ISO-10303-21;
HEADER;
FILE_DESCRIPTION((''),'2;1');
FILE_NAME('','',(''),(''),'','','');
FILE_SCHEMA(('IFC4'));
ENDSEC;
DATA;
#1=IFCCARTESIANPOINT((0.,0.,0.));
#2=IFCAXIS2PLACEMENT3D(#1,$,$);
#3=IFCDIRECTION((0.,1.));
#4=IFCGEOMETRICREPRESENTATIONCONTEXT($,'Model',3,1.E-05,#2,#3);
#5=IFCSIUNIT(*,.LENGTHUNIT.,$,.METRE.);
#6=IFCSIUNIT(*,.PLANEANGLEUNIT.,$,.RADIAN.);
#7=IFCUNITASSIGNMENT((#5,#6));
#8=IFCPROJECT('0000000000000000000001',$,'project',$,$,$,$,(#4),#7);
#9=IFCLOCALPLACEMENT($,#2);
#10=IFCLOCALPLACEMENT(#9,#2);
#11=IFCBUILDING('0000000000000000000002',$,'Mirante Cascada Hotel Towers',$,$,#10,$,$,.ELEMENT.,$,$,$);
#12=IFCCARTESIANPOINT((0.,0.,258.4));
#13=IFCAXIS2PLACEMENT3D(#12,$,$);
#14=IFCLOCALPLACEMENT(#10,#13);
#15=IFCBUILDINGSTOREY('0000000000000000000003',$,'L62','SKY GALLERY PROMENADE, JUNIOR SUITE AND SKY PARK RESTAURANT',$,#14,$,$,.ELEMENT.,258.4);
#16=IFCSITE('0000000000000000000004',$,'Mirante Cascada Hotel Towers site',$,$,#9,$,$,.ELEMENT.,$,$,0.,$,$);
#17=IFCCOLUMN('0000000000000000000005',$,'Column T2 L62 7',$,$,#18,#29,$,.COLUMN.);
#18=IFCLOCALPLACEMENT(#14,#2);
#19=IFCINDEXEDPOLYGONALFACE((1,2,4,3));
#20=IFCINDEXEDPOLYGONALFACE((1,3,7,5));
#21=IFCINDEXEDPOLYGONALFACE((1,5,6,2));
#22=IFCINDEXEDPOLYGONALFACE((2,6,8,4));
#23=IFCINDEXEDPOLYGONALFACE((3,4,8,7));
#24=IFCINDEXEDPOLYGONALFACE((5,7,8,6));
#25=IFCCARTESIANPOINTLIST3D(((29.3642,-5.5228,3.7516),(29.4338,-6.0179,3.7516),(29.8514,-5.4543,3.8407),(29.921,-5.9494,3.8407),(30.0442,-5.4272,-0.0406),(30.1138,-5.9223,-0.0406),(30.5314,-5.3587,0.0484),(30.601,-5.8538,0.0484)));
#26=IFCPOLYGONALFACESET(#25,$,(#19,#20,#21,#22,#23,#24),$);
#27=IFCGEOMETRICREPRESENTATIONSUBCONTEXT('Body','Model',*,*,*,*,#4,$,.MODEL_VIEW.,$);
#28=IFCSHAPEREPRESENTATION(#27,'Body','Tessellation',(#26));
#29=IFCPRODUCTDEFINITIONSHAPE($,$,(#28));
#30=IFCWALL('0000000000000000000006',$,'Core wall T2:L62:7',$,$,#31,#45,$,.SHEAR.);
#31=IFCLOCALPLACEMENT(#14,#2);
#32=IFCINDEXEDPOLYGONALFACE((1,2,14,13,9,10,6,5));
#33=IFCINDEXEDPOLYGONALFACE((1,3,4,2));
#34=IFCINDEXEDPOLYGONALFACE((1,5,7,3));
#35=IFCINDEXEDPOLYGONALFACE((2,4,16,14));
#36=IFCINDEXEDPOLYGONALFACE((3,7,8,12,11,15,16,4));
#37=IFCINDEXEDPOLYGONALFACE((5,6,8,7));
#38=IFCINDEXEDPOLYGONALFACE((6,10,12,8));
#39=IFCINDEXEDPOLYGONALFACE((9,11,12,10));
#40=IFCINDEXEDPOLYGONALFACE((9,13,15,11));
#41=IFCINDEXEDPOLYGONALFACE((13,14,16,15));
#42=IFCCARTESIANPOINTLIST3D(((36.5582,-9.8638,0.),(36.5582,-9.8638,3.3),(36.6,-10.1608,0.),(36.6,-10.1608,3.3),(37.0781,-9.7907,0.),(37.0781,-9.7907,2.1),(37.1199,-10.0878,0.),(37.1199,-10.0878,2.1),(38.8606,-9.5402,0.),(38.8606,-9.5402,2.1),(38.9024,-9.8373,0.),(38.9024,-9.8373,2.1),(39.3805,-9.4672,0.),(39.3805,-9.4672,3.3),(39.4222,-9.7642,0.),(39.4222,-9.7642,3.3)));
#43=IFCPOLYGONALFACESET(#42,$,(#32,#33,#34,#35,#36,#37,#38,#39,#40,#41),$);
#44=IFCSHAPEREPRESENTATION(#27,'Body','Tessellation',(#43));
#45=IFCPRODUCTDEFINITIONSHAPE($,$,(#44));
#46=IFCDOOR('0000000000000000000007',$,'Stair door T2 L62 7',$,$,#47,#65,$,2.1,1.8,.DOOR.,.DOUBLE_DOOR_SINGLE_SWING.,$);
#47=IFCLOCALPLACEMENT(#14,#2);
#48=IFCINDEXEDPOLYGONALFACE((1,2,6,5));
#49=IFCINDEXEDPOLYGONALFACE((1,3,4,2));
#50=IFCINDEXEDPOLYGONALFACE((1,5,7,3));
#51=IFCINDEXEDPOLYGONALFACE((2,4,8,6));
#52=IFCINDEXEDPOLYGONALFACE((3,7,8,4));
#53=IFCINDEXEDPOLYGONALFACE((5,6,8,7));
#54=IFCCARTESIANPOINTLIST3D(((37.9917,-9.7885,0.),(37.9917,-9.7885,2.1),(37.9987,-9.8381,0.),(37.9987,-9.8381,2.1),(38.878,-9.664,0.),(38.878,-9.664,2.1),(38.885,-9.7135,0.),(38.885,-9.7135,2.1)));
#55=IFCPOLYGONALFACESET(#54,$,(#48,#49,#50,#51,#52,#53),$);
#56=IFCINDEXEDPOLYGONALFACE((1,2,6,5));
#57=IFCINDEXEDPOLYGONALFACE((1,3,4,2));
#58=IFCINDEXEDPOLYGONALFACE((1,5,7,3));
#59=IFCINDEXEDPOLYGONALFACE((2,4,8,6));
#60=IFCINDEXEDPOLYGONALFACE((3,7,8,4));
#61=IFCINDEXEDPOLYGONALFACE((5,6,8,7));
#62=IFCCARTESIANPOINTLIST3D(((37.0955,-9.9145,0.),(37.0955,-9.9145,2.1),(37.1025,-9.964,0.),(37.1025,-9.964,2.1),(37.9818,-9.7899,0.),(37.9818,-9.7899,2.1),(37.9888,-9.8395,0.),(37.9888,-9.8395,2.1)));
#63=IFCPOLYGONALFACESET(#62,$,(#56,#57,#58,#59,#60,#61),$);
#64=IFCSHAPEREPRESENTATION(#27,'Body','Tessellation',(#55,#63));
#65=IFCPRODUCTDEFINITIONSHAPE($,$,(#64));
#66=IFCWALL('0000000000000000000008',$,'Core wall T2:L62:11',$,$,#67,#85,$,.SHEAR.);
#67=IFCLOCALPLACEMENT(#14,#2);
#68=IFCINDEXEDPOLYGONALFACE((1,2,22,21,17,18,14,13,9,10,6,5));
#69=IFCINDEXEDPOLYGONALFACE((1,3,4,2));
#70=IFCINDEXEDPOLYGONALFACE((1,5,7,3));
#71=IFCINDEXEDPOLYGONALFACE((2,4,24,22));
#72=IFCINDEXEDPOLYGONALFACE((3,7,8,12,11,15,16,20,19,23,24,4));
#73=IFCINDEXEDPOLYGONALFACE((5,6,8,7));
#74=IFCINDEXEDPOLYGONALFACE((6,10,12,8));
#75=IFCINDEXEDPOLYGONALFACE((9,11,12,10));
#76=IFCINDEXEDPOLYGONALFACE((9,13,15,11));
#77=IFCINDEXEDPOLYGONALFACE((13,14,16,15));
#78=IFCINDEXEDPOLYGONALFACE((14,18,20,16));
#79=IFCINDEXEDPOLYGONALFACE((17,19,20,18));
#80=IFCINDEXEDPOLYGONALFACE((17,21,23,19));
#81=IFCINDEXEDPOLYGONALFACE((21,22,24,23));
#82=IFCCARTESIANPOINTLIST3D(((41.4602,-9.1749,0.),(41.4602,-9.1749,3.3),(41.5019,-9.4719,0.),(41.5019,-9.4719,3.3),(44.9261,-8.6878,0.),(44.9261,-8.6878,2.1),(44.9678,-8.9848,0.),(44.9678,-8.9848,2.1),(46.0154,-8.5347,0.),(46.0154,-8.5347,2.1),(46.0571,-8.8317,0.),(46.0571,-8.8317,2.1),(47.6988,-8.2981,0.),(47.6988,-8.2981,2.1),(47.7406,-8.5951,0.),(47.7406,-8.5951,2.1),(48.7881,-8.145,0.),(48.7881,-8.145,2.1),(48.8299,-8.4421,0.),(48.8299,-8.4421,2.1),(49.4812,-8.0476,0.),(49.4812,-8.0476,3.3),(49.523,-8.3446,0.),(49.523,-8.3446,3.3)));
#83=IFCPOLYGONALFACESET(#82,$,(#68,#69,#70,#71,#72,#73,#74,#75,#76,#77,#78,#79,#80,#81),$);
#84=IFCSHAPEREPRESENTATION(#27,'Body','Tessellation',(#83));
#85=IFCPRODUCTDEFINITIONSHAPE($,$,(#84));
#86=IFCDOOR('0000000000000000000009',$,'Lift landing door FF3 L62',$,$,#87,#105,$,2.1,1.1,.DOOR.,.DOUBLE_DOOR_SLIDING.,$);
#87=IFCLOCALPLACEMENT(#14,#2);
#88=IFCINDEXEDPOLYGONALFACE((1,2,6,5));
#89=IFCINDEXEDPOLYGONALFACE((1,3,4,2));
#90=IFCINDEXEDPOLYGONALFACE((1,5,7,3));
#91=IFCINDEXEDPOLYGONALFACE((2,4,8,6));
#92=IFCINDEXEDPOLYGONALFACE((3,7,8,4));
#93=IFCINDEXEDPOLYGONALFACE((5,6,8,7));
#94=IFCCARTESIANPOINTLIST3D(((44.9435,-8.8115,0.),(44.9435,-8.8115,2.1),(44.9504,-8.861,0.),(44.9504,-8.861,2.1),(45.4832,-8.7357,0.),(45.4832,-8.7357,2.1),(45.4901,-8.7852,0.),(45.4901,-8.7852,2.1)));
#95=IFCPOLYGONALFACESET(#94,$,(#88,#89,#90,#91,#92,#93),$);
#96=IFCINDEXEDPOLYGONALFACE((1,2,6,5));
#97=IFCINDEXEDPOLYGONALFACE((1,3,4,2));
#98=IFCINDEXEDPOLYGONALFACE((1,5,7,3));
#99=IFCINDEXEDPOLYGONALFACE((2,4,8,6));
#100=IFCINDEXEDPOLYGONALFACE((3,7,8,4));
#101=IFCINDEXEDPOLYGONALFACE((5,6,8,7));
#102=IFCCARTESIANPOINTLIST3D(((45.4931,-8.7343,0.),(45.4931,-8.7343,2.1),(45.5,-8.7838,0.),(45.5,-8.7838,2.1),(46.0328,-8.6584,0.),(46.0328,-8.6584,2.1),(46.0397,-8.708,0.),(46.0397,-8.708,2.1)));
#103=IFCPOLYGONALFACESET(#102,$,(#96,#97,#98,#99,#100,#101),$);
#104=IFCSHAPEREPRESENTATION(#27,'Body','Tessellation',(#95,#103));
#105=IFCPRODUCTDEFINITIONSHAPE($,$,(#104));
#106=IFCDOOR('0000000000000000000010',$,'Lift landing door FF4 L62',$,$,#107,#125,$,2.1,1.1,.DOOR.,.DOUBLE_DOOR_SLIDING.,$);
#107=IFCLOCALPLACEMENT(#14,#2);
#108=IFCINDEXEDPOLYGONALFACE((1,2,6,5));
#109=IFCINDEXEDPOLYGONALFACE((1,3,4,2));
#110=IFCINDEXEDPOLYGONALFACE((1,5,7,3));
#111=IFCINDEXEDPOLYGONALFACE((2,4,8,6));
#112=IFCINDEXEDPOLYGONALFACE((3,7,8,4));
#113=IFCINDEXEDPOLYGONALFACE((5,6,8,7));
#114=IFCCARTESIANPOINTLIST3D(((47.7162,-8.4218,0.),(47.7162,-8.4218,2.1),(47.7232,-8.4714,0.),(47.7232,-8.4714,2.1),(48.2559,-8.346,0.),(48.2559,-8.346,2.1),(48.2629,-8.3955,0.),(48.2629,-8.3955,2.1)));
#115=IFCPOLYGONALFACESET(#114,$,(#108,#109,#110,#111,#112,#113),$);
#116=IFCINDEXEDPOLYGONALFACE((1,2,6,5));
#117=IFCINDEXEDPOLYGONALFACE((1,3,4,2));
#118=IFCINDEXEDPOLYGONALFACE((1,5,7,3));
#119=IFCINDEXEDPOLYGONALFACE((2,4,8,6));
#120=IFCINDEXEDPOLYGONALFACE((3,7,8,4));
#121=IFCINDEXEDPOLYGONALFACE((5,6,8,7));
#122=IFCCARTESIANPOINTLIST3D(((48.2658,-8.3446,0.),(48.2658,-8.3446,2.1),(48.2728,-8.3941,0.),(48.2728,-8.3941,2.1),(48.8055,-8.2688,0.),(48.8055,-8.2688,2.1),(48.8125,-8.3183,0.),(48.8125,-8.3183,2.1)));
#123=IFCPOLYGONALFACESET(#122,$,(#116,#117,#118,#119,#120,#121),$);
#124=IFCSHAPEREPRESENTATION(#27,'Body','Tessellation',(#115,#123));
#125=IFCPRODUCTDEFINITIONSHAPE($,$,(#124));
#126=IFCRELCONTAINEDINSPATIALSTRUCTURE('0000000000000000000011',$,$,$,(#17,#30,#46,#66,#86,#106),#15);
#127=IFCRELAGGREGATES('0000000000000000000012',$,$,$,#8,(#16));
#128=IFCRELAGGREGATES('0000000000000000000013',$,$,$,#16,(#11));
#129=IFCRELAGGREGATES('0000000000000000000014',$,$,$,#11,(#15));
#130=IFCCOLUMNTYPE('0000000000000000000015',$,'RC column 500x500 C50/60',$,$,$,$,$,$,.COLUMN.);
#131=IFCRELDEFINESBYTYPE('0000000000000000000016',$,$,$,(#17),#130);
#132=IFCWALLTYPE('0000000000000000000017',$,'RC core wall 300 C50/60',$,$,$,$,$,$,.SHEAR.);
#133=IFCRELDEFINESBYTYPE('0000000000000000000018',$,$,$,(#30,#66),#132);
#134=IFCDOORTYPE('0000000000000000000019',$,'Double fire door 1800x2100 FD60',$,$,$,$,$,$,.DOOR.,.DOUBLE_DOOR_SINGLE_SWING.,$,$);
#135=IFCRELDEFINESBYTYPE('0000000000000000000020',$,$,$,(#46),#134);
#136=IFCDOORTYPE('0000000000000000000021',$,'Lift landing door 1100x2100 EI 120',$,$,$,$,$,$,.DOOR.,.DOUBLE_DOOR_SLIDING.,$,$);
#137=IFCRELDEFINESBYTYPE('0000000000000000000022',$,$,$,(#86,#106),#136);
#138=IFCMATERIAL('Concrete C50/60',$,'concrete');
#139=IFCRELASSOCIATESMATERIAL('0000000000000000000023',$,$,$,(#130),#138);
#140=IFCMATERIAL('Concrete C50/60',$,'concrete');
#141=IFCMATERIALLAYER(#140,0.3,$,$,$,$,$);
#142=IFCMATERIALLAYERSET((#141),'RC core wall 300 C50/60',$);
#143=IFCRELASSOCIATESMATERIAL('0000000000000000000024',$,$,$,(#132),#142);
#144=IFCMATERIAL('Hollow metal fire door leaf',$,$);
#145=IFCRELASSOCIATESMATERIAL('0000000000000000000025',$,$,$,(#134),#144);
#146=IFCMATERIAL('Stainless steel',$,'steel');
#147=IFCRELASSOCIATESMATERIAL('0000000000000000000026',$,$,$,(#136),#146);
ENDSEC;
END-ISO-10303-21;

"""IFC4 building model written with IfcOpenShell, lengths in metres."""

from ifc_helpers import new_model, si_unit, direction, frame, frame_2d, origin, origin_2d, place, context, subcontext, project, spatial, rectangle, extrude, material, layer, layer_set, material_profile, profile_set, type_object, element, fill, save


model = new_model("IFC4")

# Units and contexts
model_context = context("Model", 3, precision=1e-05, world=origin(), true_north=direction((0.0, 1.0)))
body_context = subcontext(model_context, "Body", "Model", "MODEL_VIEW")
ifc_project = project(units=[si_unit("LENGTHUNIT", "METRE"), si_unit("PLANEANGLEUNIT", "RADIAN")], contexts=[model_context])

# Site, building, storey
site_placement = place(None, origin())
site = spatial("IfcSite", under=ifc_project, at=site_placement, Name="Mirante Cascada Hotel Towers site", CompositionType="ELEMENT", RefElevation=0.0)
building_placement = place(site_placement, origin())
building = spatial("IfcBuilding", under=site, at=building_placement, Name="Mirante Cascada Hotel Towers", CompositionType="ELEMENT")
storey_placement = place(building_placement, frame((0.0, 0.0, 258.4)))
storey = spatial("IfcBuildingStorey", under=building, at=storey_placement, Name="L62", Description="SKY GALLERY PROMENADE, JUNIOR SUITE AND SKY PARK RESTAURANT", CompositionType="ELEMENT", Elevation=258.4)

# Column
ifc_material_1 = material(Name="Concrete C50/60", Category="concrete")
ifc_material_profile = material_profile(ifc_material_1, rectangle(XDim=0.5, YDim=0.5, at=origin_2d()), Name="RC column 500x500 C50/60")
ifc_profile_set = profile_set([ifc_material_profile], Name="Concrete C50/60")
column_type = type_object("IfcColumnType", Name="RC column 500x500 C50/60", PredefinedType="COLUMN", material=ifc_profile_set)
column_placement = place(storey_placement, frame((30.3226, -5.6405, 0.0039), z_axis=(-0.176446, -0.024806, 0.983998), x_axis=(0.139219, -0.990262, 0.0)))
element("IfcColumn", 1, at=column_placement, inside=storey, type_object=column_type, Name="Column T2 L62 7", PredefinedType="COLUMN", context=body_context, shape_type="SweptSolid", body=[
    extrude(rectangle(XDim=0.5, YDim=0.5, at=origin_2d()), origin(), (0.0, 0.0, 1.0), 3.8539),
])

# Wall, opening, door
ifc_material_2 = material(Name="Concrete C50/60", Category="concrete")
ifc_layer_1 = layer(ifc_material_2, 0.3)
ifc_layer_set_1 = layer_set([ifc_layer_1], Name="RC core wall 300 C50/60")
wall_type_1 = type_object("IfcWallType", Name="RC core wall 300 C50/60", PredefinedType="SHEAR", material=ifc_layer_set_1)
wall_1_placement = place(storey_placement, frame((36.5791, -10.0123, 0.0), z_axis=(0.0, 0.0, 1.0), x_axis=(0.99027, 0.139156, 0.0)))
wall_1 = element("IfcWall", 2, at=wall_1_placement, inside=storey, type_object=wall_type_1, Name="Core wall T2:L62:7", PredefinedType="SHEAR", context=body_context, shape_type="SweptSolid", body=[
    extrude(rectangle(XDim=2.85, YDim=0.3, at=frame_2d((1.425, 0.0))), origin(), (0.0, 0.0, 1.0), 3.3),
])
opening_1_placement = place(wall_1_placement, frame((0.525, 0.0, 0.0)))
opening_1 = element("IfcOpeningElement", 3, at=opening_1_placement, cuts=wall_1, PredefinedType="OPENING", context=body_context, shape_type="SweptSolid", body=[
    extrude(rectangle(XDim=1.8, YDim=2.1, at=frame_2d((0.9, 1.05))), frame((0.0, 0.15, 0.0), z_axis=(0.0, -1.0, 0.0), x_axis=(1.0, 0.0, 0.0)), (0.0, 0.0, 1.0), 0.3),
])
ifc_material_3 = material(Name="Hollow metal fire door leaf")
door_type_1 = type_object("IfcDoorType", Name="Double fire door 1800x2100 FD60", OperationType="DOUBLE_DOOR_SINGLE_SWING", PredefinedType="DOOR", material=ifc_material_3)
door_1_placement = place(opening_1_placement, frame((1.8, 0.0, 0.0), z_axis=(0.0, 0.0, 1.0), x_axis=(-1.0, 0.0, 0.0)))
door_1 = element("IfcDoor", 4, at=door_1_placement, inside=storey, type_object=door_type_1, Name="Stair door T2 L62 7", OperationType="DOUBLE_DOOR_SINGLE_SWING", OverallHeight=2.1, OverallWidth=1.8, PredefinedType="DOOR", context=body_context, shape_type="SweptSolid", body=[
    extrude(rectangle(XDim=0.895, YDim=2.1, at=frame_2d((0.4475, 1.05))), frame((0.0, 0.025, 0.0), z_axis=(0.0, -1.0, 0.0), x_axis=(1.0, 0.0, 0.0)), (0.0, 0.0, 1.0), 0.05),
    extrude(rectangle(XDim=0.895, YDim=2.1, at=frame_2d((1.3525, 1.05))), frame((0.0, 0.025, 0.0), z_axis=(0.0, -1.0, 0.0), x_axis=(1.0, 0.0, 0.0)), (0.0, 0.0, 1.0), 0.05),
])
fill(opening_1, door_1)

# Wall, openings, doors
wall_2_placement = place(storey_placement, frame((41.481, -9.3234, 0.0), z_axis=(0.0, 0.0, 1.0), x_axis=(0.990268, 0.139174, 0.0)))
wall_2 = element("IfcWall", 5, at=wall_2_placement, inside=storey, type_object=wall_type_1, Name="Core wall T2:L62:11", PredefinedType="SHEAR", context=body_context, shape_type="SweptSolid", body=[
    extrude(rectangle(XDim=8.0999, YDim=0.3, at=frame_2d((4.05, 0.0))), origin(), (0.0, 0.0, 1.0), 3.3),
])
opening_2_placement = place(wall_2_placement, frame((3.5, 0.0, 0.0)))
opening_2 = element("IfcOpeningElement", 6, at=opening_2_placement, cuts=wall_2, PredefinedType="OPENING", context=body_context, shape_type="SweptSolid", body=[
    extrude(rectangle(XDim=1.1, YDim=2.1, at=frame_2d((0.55, 1.05))), frame((0.0, 0.15, 0.0), z_axis=(0.0, -1.0, 0.0), x_axis=(1.0, 0.0, 0.0)), (0.0, 0.0, 1.0), 0.3),
])
opening_3_placement = place(wall_2_placement, frame((6.3, 0.0, 0.0)))
opening_3 = element("IfcOpeningElement", 7, at=opening_3_placement, cuts=wall_2, PredefinedType="OPENING", context=body_context, shape_type="SweptSolid", body=[
    extrude(rectangle(XDim=1.1, YDim=2.1, at=frame_2d((0.55, 1.05))), frame((0.0, 0.15, 0.0), z_axis=(0.0, -1.0, 0.0), x_axis=(1.0, 0.0, 0.0)), (0.0, 0.0, 1.0), 0.3),
])
ifc_material_4 = material(Name="Stainless steel", Category="steel")
door_type_2 = type_object("IfcDoorType", Name="Lift landing door 1100x2100 EI 120", OperationType="DOUBLE_DOOR_SLIDING", PredefinedType="DOOR", material=ifc_material_4)
door_2_placement = place(opening_2_placement, origin())
door_2 = element("IfcDoor", 8, at=door_2_placement, inside=storey, type_object=door_type_2, Name="Lift landing door FF3 L62", OperationType="DOUBLE_DOOR_SLIDING", OverallHeight=2.1, OverallWidth=1.1, PredefinedType="DOOR", context=body_context, shape_type="SweptSolid", body=[
    extrude(rectangle(XDim=0.545, YDim=2.1, at=frame_2d((0.2725, 1.05))), frame((0.0, 0.025, 0.0), z_axis=(0.0, -1.0, 0.0), x_axis=(1.0, 0.0, 0.0)), (0.0, 0.0, 1.0), 0.05),
    extrude(rectangle(XDim=0.545, YDim=2.1, at=frame_2d((0.8275, 1.05))), frame((0.0, 0.025, 0.0), z_axis=(0.0, -1.0, 0.0), x_axis=(1.0, 0.0, 0.0)), (0.0, 0.0, 1.0), 0.05),
])
fill(opening_2, door_2)
door_3_placement = place(opening_3_placement, origin())
door_3 = element("IfcDoor", 9, at=door_3_placement, inside=storey, type_object=door_type_2, Name="Lift landing door FF4 L62", OperationType="DOUBLE_DOOR_SLIDING", OverallHeight=2.1, OverallWidth=1.1, PredefinedType="DOOR", context=body_context, shape_type="SweptSolid", body=[
    extrude(rectangle(XDim=0.545, YDim=2.1, at=frame_2d((0.2725, 1.05))), frame((0.0, 0.025, 0.0), z_axis=(0.0, -1.0, 0.0), x_axis=(1.0, 0.0, 0.0)), (0.0, 0.0, 1.0), 0.05),
    extrude(rectangle(XDim=0.545, YDim=2.1, at=frame_2d((0.8275, 1.05))), frame((0.0, 0.025, 0.0), z_axis=(0.0, -1.0, 0.0), x_axis=(1.0, 0.0, 0.0)), (0.0, 0.0, 1.0), 0.05),
])
fill(opening_3, door_3)

save(model, "model.ifc")
